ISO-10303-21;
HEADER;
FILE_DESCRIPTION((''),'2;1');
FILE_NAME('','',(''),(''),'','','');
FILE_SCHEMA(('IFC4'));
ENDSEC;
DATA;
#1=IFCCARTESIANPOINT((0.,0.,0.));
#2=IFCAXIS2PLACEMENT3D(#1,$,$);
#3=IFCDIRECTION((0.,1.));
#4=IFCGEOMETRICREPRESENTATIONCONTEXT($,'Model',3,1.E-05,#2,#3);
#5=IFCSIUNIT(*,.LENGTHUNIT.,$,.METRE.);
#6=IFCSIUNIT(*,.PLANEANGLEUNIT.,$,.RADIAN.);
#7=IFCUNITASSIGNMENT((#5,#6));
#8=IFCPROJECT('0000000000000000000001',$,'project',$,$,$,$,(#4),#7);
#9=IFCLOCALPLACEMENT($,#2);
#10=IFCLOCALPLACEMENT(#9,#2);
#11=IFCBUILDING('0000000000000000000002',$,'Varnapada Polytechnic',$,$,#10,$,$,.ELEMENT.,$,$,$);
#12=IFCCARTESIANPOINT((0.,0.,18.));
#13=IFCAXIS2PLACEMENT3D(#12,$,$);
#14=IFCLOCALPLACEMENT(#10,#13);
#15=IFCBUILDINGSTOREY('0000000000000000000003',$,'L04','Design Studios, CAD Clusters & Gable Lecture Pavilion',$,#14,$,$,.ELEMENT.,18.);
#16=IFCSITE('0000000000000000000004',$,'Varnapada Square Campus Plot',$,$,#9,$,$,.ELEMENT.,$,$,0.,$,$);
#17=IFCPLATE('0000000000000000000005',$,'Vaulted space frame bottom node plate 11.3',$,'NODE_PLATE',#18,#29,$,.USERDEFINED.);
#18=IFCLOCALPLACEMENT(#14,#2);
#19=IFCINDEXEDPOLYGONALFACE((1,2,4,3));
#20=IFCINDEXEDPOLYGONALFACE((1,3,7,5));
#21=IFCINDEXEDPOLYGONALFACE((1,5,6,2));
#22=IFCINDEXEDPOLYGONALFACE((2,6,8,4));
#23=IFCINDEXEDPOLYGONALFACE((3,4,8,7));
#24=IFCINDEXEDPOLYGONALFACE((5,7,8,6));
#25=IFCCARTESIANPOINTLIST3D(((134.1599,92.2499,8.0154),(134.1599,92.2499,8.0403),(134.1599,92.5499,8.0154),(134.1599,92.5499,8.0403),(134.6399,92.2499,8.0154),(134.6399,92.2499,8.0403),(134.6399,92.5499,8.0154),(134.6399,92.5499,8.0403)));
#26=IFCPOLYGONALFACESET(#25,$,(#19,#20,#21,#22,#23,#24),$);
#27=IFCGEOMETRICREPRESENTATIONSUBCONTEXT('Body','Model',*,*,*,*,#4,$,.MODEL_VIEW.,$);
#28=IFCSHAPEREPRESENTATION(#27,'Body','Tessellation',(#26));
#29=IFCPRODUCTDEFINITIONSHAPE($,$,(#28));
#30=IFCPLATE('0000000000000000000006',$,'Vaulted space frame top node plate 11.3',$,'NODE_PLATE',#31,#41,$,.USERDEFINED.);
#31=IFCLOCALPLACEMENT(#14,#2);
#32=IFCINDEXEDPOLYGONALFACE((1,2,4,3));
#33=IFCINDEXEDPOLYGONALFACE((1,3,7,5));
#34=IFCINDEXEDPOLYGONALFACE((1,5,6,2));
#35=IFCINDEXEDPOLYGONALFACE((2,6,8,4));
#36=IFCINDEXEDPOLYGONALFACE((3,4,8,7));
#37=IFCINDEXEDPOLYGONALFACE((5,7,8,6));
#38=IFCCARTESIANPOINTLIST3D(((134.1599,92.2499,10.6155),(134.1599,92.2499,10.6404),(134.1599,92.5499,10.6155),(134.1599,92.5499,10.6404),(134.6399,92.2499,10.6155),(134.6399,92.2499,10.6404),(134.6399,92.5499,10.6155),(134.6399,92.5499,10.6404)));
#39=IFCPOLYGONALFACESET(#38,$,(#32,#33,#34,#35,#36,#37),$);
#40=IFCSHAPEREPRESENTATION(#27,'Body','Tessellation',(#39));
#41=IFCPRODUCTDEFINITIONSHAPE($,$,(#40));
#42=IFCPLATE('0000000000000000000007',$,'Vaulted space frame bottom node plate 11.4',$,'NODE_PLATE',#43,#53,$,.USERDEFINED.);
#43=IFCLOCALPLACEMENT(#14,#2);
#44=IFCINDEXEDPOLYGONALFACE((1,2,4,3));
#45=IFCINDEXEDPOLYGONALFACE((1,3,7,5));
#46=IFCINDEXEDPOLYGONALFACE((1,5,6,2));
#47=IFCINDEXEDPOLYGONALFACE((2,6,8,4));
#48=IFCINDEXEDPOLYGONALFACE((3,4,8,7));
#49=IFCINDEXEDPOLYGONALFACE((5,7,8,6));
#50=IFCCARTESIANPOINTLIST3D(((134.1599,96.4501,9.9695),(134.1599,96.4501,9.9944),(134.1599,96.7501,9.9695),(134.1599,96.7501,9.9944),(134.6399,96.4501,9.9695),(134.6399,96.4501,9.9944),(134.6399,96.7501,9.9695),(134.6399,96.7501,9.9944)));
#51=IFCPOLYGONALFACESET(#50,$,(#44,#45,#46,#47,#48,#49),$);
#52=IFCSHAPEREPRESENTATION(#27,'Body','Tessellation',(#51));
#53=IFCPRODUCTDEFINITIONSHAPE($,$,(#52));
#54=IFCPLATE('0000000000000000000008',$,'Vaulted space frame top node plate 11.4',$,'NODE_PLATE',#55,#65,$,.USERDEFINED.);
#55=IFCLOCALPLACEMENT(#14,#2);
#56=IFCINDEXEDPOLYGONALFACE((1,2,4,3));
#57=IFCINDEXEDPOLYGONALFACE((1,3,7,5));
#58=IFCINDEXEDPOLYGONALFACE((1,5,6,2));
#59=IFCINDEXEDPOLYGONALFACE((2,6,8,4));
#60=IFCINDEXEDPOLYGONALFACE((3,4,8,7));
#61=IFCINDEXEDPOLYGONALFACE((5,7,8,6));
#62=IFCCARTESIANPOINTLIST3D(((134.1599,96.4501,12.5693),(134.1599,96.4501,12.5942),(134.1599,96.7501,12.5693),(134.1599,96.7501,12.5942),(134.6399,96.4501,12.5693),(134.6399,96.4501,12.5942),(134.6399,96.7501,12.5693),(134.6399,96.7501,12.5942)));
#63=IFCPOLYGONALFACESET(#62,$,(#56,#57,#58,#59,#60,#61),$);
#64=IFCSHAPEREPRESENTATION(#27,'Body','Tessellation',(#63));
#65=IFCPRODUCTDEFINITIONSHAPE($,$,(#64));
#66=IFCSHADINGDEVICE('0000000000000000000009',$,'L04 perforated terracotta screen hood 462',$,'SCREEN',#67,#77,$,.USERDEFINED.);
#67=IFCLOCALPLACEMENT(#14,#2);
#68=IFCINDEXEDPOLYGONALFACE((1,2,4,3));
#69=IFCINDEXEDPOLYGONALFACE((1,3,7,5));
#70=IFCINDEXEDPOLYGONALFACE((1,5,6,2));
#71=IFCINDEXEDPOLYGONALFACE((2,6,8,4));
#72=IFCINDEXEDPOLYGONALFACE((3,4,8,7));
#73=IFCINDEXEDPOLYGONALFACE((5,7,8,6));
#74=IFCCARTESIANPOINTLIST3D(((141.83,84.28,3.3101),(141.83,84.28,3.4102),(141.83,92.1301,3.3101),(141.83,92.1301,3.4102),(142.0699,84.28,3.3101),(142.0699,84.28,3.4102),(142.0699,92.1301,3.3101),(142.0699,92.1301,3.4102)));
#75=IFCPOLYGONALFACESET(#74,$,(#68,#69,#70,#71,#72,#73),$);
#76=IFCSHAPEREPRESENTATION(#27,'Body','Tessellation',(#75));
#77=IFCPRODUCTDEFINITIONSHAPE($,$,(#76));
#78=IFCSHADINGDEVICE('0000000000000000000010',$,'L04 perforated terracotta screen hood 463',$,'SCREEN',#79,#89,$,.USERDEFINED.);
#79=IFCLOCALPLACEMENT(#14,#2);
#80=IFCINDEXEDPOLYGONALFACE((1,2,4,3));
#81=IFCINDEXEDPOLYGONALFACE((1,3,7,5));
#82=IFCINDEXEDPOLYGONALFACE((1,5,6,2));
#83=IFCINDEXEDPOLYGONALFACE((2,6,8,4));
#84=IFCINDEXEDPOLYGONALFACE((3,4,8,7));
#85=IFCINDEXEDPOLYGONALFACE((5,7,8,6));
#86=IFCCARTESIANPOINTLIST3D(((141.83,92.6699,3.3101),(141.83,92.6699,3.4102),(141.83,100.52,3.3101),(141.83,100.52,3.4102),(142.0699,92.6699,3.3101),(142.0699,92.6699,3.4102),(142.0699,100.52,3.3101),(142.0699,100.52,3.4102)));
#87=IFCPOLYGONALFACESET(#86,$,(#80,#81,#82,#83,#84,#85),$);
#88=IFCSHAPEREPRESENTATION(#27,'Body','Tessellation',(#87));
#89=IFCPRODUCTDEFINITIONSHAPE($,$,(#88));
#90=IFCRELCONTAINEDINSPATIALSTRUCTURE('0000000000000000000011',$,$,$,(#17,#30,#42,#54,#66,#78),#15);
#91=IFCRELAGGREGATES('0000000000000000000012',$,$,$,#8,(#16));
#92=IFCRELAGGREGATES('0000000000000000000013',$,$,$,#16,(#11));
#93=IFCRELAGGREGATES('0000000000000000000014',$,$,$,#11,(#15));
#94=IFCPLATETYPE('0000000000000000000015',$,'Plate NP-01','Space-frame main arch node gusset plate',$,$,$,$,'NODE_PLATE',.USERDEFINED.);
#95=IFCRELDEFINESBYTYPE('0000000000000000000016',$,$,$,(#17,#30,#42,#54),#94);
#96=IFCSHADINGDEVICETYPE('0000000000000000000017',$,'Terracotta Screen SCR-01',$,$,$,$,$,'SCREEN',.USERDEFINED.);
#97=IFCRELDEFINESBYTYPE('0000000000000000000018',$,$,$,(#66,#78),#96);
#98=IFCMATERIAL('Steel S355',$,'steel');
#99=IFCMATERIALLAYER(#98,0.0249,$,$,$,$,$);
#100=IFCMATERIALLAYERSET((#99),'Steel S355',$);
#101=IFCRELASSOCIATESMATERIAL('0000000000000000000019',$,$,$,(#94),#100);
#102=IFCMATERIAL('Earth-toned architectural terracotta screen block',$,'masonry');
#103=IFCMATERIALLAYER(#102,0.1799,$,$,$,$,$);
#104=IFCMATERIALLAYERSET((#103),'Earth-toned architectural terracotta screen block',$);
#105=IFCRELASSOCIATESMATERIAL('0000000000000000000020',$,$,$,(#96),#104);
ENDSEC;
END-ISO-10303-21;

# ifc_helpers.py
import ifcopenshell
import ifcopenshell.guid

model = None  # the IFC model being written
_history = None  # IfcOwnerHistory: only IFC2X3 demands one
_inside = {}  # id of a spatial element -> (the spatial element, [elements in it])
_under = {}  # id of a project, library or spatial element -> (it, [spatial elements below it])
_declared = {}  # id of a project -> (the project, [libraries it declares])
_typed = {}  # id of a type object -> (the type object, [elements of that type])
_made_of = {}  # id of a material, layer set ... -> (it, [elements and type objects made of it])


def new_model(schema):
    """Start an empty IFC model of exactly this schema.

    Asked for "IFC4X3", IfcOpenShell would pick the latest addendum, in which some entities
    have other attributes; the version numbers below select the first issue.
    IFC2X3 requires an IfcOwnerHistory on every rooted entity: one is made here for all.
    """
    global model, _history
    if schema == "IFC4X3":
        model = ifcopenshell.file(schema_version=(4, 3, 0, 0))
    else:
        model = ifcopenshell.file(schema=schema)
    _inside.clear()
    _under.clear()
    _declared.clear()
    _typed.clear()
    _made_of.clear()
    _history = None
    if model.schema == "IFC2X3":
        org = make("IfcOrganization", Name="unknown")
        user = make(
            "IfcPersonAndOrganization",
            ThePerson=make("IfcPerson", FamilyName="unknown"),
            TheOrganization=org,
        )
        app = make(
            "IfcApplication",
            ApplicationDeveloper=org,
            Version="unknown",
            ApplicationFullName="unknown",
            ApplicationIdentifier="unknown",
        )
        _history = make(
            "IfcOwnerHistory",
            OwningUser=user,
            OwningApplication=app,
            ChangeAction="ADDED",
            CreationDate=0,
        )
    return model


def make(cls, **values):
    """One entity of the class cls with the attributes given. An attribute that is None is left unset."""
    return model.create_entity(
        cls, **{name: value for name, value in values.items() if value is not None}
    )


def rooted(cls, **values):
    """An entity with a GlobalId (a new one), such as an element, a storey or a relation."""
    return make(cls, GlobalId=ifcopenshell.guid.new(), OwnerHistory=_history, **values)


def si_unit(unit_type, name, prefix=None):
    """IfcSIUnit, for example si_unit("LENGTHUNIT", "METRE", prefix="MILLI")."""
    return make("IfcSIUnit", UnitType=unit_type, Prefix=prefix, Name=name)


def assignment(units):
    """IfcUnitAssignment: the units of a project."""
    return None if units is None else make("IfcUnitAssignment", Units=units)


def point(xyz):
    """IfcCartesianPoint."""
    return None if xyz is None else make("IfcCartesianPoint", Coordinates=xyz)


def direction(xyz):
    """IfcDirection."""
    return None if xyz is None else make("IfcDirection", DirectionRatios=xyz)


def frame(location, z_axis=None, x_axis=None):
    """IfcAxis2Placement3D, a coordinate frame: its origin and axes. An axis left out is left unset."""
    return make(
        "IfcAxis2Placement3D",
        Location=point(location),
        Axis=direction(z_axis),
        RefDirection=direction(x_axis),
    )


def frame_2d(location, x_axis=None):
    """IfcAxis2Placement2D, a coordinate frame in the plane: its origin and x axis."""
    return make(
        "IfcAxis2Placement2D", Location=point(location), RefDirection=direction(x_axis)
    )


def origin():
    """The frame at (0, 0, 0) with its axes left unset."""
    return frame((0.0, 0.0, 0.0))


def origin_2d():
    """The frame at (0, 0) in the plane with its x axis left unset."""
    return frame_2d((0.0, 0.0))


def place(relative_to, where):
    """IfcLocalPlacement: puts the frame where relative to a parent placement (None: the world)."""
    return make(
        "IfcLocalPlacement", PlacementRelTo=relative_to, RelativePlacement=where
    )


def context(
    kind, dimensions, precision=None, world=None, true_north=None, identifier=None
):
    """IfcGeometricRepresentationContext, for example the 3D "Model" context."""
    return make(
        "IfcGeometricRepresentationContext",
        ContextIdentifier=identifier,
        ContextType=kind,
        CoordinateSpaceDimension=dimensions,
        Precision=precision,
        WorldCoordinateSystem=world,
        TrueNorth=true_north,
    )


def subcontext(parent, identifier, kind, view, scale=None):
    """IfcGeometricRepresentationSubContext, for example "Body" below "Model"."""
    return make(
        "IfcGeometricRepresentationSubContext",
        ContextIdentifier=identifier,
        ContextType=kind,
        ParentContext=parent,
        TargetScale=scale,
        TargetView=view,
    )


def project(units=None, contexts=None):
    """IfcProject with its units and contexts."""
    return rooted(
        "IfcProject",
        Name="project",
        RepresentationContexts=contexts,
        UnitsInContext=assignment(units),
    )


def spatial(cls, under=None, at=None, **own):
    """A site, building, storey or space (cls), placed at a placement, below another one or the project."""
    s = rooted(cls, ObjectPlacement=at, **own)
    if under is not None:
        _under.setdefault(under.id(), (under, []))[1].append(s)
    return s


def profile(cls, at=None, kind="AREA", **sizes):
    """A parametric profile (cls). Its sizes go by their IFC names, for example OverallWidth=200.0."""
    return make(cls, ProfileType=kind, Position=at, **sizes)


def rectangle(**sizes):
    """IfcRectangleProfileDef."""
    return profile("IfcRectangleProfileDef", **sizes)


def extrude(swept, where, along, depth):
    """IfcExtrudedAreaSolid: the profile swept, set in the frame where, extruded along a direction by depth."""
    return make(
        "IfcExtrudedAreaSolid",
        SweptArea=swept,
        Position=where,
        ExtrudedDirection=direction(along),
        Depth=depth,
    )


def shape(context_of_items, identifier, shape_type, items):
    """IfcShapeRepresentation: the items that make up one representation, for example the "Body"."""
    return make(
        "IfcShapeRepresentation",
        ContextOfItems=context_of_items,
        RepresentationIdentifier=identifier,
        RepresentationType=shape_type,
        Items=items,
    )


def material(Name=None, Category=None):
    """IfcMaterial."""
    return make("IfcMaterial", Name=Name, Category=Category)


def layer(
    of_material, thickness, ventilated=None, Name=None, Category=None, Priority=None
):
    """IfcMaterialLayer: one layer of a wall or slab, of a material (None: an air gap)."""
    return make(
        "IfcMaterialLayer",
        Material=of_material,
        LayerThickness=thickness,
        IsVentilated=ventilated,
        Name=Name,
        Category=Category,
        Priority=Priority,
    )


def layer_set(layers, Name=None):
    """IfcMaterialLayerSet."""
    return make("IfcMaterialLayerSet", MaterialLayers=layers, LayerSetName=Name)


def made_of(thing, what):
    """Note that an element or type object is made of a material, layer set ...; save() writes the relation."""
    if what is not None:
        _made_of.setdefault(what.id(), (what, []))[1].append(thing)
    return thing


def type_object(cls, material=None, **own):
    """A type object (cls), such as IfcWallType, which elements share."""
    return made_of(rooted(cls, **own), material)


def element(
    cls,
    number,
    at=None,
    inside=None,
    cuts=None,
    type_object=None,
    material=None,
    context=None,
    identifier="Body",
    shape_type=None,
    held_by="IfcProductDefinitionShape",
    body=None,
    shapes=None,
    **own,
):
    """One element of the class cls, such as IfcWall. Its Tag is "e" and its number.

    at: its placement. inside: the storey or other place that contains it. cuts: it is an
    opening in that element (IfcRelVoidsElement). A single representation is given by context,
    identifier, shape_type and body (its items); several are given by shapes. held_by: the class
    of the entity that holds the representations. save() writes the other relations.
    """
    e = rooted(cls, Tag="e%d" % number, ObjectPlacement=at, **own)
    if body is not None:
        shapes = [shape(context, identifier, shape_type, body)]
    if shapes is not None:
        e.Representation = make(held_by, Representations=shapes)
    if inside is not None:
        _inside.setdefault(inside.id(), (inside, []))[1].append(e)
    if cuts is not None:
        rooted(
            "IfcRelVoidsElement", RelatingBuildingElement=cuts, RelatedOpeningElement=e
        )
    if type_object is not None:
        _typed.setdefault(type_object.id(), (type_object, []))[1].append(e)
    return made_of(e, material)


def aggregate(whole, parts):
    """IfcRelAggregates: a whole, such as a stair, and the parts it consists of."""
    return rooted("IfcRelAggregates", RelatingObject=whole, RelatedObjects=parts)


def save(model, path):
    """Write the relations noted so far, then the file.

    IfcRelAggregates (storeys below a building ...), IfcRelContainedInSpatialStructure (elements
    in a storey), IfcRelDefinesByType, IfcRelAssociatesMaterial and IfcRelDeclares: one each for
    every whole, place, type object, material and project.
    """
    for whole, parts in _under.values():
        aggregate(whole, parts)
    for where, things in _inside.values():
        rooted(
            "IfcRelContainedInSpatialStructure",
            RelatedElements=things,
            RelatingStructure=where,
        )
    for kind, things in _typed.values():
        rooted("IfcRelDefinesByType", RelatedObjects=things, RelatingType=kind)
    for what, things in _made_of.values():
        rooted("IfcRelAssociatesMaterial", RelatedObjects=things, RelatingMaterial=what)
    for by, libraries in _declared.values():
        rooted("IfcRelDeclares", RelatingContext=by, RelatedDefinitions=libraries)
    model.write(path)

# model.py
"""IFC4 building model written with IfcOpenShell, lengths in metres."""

from ifc_helpers import new_model, si_unit, direction, frame, origin, origin_2d, place, context, subcontext, project, spatial, rectangle, extrude, material, layer, layer_set, type_object, element, save


model = new_model("IFC4")

# Units and contexts
model_context = context("Model", 3, precision=1e-05, world=origin(), true_north=direction((0.0, 1.0)))
body_context = subcontext(model_context, "Body", "Model", "MODEL_VIEW")
ifc_project = project(units=[si_unit("LENGTHUNIT", "METRE"), si_unit("PLANEANGLEUNIT", "RADIAN")], contexts=[model_context])

# Site, building, storey
site_placement = place(None, origin())
site = spatial("IfcSite", under=ifc_project, at=site_placement, Name="Varnapada Square Campus Plot", CompositionType="ELEMENT", RefElevation=0.0)
building_placement = place(site_placement, origin())
building = spatial("IfcBuilding", under=site, at=building_placement, Name="Varnapada Polytechnic", CompositionType="ELEMENT")
storey_placement = place(building_placement, frame((0.0, 0.0, 18.0)))
storey = spatial("IfcBuildingStorey", under=building, at=storey_placement, Name="L04", Description="Design Studios, CAD Clusters & Gable Lecture Pavilion", CompositionType="ELEMENT", Elevation=18.0)

# Shared definitions
ifc_material_1 = material(Name="Steel S355", Category="steel")

# Plates
ifc_layer_1 = layer(ifc_material_1, 0.0249)
ifc_layer_set_1 = layer_set([ifc_layer_1], Name="Steel S355")
plate_type_1 = type_object("IfcPlateType", Name="Plate NP-01", Description="Space-frame main arch node gusset plate", ElementType="NODE_PLATE", PredefinedType="USERDEFINED", material=ifc_layer_set_1)
for number, where, z_axis, x_axis, name in (
    (1, (134.3999, 92.3999, 8.0154), (0.0, 0.0, 1.0), (1.0, 0.0, 0.0), "Vaulted space frame bottom node plate 11.3"),
    (2, (134.3999, 92.3999, 10.6155), (0.0, 0.0, 1.0), (1.0, 0.0, 0.0), "Vaulted space frame top node plate 11.3"),
    (3, (134.3999, 96.6001, 9.9695), (0.0, 0.0, 1.0), (1.0, 0.0, 0.0), "Vaulted space frame bottom node plate 11.4"),
    (4, (134.3999, 96.6001, 12.5693), (0.0, 0.0, 1.0), (1.0, 0.0, 0.0), "Vaulted space frame top node plate 11.4"),
):
    element("IfcPlate", number, at=place(storey_placement, frame(where, z_axis=z_axis, x_axis=x_axis)), inside=storey, type_object=plate_type_1, Name=name, ObjectType="NODE_PLATE", PredefinedType="USERDEFINED", context=body_context, shape_type="SweptSolid", body=[
        extrude(rectangle(XDim=0.48, YDim=0.3, at=origin_2d()), origin(), (0.0, 0.0, 1.0), 0.0249),
    ])

# Shading devices
ifc_material_2 = material(Name="Earth-toned architectural terracotta screen block", Category="masonry")
ifc_layer_2 = layer(ifc_material_2, 0.1799)
ifc_layer_set_2 = layer_set([ifc_layer_2], Name="Earth-toned architectural terracotta screen block")
shading_device_type = type_object("IfcShadingDeviceType", Name="Terracotta Screen SCR-01", ElementType="SCREEN", PredefinedType="USERDEFINED", material=ifc_layer_set_2)
for number, where, z_axis, x_axis, name in (
    (5, (141.95, 88.2051, 3.3101), (0.0, 0.0, 1.0), (0.0, 1.0, 0.0), "L04 perforated terracotta screen hood 462"),
    (6, (141.95, 96.595, 3.3101), (0.0, 0.0, 1.0), (0.0, 1.0, 0.0), "L04 perforated terracotta screen hood 463"),
):
    element("IfcShadingDevice", number, at=place(storey_placement, frame(where, z_axis=z_axis, x_axis=x_axis)), inside=storey, type_object=shading_device_type, Name=name, ObjectType="SCREEN", PredefinedType="USERDEFINED", context=body_context, shape_type="SweptSolid", body=[
        extrude(rectangle(XDim=7.8501, YDim=0.24, at=origin_2d()), origin(), (0.0, 0.0, 1.0), 0.1001),
    ])

save(model, "model.ifc")
